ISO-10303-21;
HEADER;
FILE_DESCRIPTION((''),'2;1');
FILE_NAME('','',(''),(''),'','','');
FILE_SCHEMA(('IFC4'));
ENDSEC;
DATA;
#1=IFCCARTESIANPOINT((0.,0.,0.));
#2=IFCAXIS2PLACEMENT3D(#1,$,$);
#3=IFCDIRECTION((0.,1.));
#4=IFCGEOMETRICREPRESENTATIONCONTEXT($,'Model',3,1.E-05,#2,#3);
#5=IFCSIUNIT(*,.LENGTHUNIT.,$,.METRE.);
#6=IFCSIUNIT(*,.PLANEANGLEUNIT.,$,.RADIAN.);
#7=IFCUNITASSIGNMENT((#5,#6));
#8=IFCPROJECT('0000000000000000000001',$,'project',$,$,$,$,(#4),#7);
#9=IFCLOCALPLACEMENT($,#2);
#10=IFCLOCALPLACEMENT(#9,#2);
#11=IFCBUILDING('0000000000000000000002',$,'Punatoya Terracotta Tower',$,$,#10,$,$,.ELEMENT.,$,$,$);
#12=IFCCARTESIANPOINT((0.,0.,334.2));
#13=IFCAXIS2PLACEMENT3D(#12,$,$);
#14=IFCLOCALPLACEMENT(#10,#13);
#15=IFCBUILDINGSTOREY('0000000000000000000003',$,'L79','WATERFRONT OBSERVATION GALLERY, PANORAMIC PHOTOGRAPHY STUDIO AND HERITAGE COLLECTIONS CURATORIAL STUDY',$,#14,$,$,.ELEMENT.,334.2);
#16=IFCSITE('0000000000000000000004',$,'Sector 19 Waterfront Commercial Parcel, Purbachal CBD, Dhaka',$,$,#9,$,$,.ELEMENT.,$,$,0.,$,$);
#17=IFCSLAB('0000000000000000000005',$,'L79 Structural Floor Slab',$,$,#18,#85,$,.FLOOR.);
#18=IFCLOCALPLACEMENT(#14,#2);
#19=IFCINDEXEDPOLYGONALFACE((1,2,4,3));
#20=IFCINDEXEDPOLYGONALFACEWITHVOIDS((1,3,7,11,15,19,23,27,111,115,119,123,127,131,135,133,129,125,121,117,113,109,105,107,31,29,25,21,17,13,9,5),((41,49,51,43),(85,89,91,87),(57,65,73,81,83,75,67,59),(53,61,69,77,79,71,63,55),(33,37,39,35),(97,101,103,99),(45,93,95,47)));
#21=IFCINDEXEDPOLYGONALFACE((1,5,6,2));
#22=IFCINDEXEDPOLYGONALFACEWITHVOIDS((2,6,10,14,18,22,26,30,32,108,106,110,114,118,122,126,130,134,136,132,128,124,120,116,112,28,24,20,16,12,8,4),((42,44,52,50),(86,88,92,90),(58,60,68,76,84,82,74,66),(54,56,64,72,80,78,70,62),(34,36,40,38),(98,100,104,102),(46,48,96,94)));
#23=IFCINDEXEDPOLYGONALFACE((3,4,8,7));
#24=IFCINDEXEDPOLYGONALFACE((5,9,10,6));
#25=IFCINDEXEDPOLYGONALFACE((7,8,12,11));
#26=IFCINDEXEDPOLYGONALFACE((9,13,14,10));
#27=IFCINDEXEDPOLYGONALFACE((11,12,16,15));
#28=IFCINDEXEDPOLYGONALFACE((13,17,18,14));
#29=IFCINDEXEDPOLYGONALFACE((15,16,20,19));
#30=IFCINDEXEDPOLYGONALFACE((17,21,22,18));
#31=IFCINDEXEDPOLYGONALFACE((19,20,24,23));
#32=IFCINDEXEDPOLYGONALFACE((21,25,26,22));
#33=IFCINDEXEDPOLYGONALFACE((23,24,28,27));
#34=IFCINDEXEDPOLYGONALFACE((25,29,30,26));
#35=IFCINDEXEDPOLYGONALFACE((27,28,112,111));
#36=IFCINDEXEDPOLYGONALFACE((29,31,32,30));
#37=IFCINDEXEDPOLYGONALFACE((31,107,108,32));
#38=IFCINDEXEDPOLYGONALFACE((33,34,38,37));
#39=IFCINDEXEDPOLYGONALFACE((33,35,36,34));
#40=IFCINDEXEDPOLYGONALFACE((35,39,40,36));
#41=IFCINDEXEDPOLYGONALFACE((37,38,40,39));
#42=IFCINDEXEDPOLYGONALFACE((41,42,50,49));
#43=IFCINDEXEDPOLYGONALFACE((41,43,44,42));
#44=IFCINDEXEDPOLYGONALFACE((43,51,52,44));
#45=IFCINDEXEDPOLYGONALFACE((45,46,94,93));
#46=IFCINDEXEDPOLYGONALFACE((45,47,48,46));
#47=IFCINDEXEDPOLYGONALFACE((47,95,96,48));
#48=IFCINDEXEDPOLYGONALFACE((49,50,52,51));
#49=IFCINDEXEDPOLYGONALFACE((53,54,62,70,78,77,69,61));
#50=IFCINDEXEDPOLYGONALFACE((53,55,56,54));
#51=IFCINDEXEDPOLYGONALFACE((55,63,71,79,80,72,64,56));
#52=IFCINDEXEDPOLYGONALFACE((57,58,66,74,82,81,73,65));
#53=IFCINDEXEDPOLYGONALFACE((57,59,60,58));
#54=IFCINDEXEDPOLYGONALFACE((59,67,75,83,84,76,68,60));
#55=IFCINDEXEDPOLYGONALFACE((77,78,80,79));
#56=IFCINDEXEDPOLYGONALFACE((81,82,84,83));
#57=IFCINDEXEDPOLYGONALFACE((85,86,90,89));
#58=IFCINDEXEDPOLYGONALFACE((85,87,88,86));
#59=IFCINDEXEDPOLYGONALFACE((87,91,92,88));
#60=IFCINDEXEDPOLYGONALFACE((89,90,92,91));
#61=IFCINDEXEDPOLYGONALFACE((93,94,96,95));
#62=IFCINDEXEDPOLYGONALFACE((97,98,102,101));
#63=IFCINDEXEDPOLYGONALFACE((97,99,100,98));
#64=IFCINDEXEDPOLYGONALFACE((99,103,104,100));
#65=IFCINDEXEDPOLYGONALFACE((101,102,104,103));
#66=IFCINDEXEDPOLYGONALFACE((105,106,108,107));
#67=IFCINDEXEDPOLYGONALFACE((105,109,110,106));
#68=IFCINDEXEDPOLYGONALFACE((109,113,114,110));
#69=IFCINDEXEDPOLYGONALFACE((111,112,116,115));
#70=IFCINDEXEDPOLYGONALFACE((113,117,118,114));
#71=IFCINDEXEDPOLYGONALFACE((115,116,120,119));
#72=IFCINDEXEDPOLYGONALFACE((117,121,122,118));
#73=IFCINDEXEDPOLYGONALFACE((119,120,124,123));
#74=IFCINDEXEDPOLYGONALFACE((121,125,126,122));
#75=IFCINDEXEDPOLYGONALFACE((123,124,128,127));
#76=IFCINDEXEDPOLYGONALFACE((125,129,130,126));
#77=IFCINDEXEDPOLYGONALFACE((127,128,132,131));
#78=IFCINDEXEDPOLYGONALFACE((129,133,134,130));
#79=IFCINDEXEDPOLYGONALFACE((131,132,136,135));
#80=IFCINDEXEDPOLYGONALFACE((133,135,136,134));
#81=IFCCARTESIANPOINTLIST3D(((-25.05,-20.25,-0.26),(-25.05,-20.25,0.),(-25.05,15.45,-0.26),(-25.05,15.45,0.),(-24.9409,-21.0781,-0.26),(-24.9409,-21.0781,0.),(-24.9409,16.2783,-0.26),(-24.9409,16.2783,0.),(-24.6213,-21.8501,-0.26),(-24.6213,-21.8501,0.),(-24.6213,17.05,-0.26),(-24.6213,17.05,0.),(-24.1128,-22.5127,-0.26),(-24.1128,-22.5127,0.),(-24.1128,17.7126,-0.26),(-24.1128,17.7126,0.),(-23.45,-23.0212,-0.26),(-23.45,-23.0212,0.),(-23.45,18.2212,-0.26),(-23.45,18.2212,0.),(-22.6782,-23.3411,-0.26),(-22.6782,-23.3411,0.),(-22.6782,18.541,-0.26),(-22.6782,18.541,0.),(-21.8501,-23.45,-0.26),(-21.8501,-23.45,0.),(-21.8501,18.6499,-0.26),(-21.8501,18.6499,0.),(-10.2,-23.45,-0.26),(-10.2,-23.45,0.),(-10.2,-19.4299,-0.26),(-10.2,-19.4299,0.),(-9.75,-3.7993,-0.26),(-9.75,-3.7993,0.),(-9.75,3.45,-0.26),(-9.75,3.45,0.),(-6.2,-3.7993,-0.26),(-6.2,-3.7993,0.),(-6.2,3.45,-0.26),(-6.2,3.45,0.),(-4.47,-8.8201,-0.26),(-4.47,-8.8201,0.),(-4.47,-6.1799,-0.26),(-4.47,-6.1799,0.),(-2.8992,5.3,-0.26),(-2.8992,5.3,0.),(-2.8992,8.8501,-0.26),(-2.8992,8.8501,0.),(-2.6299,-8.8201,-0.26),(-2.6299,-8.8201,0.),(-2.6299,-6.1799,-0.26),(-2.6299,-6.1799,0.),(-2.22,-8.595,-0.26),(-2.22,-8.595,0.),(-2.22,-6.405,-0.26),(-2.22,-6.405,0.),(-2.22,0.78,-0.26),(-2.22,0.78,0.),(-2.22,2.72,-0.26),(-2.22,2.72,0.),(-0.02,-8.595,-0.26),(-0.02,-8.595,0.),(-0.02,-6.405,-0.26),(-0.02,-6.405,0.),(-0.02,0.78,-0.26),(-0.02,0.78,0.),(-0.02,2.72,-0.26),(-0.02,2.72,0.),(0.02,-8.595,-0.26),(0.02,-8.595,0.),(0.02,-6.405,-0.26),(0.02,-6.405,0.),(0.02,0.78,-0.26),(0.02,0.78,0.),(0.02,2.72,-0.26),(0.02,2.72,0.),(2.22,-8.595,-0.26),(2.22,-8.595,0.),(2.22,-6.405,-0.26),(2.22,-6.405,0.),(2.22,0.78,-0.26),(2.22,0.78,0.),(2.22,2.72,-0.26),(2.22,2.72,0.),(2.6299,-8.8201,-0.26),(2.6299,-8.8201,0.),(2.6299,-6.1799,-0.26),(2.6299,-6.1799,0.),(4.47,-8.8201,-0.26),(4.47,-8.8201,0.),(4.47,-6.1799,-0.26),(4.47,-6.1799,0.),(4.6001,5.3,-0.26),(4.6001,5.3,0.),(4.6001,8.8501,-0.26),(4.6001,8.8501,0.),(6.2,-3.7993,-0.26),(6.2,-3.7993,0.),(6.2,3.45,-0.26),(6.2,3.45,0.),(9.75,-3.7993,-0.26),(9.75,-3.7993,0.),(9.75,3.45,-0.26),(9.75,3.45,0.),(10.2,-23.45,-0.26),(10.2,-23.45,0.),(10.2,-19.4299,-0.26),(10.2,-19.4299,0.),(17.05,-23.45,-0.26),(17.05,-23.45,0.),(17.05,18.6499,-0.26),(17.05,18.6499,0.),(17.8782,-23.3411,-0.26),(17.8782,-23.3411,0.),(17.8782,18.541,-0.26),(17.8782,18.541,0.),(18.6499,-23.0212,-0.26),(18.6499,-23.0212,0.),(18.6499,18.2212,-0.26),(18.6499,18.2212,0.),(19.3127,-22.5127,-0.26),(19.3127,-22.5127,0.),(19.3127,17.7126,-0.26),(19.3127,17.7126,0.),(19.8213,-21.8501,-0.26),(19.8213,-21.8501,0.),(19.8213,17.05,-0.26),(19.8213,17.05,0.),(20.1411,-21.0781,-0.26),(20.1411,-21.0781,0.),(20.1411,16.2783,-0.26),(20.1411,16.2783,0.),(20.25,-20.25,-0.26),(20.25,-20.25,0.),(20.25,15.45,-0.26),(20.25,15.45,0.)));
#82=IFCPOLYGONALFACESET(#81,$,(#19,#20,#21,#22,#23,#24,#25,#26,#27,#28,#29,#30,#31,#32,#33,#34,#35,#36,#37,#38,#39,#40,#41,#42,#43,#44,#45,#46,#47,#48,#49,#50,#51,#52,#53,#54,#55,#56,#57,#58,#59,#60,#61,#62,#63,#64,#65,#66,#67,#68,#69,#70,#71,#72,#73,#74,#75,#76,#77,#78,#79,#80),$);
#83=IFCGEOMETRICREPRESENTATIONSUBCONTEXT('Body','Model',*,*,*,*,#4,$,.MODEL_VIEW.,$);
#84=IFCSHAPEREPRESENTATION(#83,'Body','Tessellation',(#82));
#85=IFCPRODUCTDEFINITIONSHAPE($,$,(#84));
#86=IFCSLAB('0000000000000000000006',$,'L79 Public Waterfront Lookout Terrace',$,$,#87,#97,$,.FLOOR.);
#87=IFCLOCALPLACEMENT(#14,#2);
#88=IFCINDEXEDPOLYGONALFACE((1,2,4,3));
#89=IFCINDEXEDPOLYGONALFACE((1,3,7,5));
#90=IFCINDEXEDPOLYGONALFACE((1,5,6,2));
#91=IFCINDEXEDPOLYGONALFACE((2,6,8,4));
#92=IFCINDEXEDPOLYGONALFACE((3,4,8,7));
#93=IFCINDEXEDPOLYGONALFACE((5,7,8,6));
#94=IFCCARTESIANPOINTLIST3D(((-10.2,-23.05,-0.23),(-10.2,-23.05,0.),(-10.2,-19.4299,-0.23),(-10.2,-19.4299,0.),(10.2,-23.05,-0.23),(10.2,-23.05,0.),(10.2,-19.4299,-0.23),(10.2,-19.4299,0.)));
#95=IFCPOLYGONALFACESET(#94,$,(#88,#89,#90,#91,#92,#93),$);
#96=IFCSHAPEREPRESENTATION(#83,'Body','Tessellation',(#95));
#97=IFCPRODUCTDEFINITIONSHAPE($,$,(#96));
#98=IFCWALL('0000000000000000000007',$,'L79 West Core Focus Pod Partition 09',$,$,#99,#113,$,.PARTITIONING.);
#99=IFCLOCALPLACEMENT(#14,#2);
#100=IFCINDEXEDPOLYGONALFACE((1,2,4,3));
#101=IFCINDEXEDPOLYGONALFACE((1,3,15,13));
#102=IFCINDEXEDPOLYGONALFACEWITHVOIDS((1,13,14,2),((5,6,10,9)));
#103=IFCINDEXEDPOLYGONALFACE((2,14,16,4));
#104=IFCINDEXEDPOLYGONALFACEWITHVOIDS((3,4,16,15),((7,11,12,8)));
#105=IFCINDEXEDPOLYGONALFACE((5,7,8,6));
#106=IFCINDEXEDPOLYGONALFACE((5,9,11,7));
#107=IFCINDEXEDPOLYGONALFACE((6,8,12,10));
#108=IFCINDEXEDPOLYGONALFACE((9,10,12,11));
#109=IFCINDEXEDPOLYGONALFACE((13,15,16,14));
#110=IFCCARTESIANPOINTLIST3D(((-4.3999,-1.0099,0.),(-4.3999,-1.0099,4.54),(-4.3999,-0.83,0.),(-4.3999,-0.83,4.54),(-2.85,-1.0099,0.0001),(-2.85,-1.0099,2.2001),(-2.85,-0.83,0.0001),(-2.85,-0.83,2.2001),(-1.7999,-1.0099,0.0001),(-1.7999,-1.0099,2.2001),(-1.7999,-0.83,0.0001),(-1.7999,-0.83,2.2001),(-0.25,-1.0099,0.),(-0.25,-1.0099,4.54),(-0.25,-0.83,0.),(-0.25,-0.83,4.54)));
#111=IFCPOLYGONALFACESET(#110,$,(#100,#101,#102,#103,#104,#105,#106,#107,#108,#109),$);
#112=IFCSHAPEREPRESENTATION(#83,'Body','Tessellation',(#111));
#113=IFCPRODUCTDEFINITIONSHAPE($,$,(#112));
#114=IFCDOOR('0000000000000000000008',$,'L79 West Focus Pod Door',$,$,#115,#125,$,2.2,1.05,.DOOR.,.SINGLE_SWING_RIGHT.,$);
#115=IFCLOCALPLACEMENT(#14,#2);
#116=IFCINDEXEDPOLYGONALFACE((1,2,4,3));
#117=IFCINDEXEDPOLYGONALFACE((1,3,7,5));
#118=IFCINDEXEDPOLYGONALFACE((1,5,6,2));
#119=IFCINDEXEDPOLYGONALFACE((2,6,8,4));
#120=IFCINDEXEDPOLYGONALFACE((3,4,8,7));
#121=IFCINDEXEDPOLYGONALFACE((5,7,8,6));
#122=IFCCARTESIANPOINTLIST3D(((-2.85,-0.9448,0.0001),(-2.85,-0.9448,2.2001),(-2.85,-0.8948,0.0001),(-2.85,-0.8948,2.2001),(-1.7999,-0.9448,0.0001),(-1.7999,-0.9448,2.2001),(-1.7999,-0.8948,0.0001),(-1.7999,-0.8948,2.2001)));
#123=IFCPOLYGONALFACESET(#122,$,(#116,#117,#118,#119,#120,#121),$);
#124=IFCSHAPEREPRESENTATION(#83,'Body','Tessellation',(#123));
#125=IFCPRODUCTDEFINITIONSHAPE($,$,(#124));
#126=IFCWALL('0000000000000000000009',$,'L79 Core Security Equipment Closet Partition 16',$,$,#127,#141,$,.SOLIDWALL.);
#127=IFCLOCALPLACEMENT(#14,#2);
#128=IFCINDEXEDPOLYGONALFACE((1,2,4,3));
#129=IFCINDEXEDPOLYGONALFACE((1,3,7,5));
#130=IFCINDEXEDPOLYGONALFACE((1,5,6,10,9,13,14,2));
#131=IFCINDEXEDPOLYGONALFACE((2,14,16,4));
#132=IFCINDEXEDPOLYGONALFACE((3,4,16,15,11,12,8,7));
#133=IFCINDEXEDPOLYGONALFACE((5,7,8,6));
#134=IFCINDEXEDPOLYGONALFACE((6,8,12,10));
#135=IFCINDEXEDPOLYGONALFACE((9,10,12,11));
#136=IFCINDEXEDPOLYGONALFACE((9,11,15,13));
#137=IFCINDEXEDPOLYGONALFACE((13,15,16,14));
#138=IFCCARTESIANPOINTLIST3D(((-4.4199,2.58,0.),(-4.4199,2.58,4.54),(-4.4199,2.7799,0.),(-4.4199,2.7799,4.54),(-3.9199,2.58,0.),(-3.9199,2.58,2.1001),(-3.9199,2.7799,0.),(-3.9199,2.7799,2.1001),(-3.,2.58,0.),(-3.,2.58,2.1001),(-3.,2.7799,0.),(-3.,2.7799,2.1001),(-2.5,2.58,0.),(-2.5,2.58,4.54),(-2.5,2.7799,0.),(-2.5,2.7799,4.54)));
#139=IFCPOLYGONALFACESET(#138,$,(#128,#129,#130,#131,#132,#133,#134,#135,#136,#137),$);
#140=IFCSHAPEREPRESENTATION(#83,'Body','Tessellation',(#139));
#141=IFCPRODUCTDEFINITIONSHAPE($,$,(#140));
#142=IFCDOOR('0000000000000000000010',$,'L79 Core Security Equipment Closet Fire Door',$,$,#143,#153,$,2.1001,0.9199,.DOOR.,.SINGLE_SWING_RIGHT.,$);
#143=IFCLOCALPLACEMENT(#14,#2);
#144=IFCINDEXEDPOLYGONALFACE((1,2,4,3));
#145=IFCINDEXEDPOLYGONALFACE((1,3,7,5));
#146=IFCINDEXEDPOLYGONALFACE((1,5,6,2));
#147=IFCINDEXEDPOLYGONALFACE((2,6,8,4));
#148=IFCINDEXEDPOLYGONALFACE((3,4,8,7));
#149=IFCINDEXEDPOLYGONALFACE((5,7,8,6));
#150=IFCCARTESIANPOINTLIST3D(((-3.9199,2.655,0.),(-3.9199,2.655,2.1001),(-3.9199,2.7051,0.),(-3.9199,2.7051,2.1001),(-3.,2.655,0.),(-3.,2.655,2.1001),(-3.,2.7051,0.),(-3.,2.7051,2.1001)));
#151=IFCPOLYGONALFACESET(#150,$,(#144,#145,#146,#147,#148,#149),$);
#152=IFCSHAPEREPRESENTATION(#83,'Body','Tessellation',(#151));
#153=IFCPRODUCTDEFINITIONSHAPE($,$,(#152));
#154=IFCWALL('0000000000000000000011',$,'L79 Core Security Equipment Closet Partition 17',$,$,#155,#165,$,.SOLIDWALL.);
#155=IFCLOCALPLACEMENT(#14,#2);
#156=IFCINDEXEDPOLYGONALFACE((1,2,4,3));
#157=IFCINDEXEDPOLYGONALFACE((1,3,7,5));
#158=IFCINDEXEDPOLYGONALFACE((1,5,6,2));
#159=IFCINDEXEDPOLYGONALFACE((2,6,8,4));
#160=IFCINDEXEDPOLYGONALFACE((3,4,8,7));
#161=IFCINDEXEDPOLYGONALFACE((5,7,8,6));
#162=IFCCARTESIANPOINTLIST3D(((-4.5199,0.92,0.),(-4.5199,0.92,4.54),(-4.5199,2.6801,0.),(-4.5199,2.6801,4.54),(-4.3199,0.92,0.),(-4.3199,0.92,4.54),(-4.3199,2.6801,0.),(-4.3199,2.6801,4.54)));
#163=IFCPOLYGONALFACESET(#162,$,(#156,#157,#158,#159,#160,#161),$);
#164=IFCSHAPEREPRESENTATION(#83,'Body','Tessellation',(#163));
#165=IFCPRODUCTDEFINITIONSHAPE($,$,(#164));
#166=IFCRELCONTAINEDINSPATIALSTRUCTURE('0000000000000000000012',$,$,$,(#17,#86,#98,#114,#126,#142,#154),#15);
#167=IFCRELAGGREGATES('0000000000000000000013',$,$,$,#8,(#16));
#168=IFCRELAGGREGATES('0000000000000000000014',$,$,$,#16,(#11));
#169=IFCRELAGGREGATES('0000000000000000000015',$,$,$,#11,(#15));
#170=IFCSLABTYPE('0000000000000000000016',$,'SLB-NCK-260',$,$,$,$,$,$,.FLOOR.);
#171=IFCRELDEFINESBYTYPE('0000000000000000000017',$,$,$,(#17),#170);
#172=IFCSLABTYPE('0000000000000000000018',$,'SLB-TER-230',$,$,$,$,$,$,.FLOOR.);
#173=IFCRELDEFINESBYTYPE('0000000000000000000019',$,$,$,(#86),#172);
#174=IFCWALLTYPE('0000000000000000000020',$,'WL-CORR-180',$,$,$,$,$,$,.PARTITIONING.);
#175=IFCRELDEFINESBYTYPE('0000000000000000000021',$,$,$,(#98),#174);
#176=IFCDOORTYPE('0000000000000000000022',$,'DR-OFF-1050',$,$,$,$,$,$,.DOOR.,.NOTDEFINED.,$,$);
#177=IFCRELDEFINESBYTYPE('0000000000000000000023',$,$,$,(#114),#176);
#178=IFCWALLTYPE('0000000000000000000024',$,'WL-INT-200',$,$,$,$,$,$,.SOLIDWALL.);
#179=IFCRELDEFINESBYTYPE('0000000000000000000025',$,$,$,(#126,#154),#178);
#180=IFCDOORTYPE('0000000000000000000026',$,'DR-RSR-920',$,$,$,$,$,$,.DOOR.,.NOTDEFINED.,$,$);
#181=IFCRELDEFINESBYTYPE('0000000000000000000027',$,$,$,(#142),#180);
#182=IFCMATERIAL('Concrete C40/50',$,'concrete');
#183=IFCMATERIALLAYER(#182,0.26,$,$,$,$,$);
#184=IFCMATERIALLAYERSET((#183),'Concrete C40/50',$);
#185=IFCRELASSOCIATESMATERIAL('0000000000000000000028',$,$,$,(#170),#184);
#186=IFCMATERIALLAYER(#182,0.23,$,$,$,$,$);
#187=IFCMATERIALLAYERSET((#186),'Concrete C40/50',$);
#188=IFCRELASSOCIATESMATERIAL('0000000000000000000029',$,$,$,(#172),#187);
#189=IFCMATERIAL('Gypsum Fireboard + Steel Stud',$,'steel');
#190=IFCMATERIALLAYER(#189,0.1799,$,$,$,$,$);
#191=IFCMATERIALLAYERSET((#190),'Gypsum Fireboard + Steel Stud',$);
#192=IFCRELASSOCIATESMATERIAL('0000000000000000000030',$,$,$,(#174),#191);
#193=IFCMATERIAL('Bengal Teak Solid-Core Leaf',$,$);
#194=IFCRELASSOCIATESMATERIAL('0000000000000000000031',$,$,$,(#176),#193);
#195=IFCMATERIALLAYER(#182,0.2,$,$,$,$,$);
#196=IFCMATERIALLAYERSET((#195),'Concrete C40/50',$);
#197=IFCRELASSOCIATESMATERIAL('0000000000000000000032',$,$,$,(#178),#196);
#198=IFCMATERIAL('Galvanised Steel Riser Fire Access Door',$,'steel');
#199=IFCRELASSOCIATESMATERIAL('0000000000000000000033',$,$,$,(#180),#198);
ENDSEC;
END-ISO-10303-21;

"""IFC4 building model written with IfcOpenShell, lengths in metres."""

from ifc_helpers import new_model, si_unit, direction, frame, frame_2d, origin, place, context, subcontext, project, spatial, polyline, rectangle, outline, extrude, material, layer, layer_set, type_object, element, fill, save


model = new_model("IFC4")

# Units and contexts
model_context = context("Model", 3, precision=1e-05, world=origin(), true_north=direction((0.0, 1.0)))
body_context = subcontext(model_context, "Body", "Model", "MODEL_VIEW")
ifc_project = project(units=[si_unit("LENGTHUNIT", "METRE"), si_unit("PLANEANGLEUNIT", "RADIAN")], contexts=[model_context])

# Site, building, storey
site_placement = place(None, origin())
site = spatial("IfcSite", under=ifc_project, at=site_placement, Name="Sector 19 Waterfront Commercial Parcel, Purbachal CBD, Dhaka", CompositionType="ELEMENT", RefElevation=0.0)
building_placement = place(site_placement, origin())
building = spatial("IfcBuilding", under=site, at=building_placement, Name="Punatoya Terracotta Tower", CompositionType="ELEMENT")
storey_placement = place(building_placement, frame((0.0, 0.0, 334.2)))
storey = spatial("IfcBuildingStorey", under=building, at=storey_placement, Name="L79", Description="WATERFRONT OBSERVATION GALLERY, PANORAMIC PHOTOGRAPHY STUDIO AND HERITAGE COLLECTIONS CURATORIAL STUDY", CompositionType="ELEMENT", Elevation=334.2)

# Shared definitions
ifc_material_1 = material(Name="Concrete C40/50", Category="concrete")

# Slabs
ifc_layer_1 = layer(ifc_material_1, 0.26)
ifc_layer_set_1 = layer_set([ifc_layer_1], Name="Concrete C40/50")
slab_type_1 = type_object("IfcSlabType", Name="SLB-NCK-260", PredefinedType="FLOOR", material=ifc_layer_set_1)
slab_1_placement = place(storey_placement, frame((0.0, 0.0, -0.26)))
element("IfcSlab", 1, at=slab_1_placement, inside=storey, type_object=slab_type_1, Name="L79 Structural Floor Slab", PredefinedType="FLOOR", context=body_context, shape_type="SweptSolid", body=[
    extrude(outline(polyline([(-22.6782, -23.3411), (-23.45, -23.0212), (-24.1128, -22.5127), (-24.6213, -21.8501), (-24.9409, -21.0781), (-25.05, -20.25), (-25.05, 15.45), (-24.9409, 16.2783), (-24.6213, 17.05), (-24.1128, 17.7126), (-23.45, 18.2212), (-22.6782, 18.541), (-21.8501, 18.6499), (17.05, 18.6499), (17.8782, 18.541), (18.6499, 18.2212), (19.3127, 17.7126), (19.8213, 17.05), (20.1411, 16.2783), (20.25, 15.45), (20.25, -20.25), (20.1411, -21.0781), (19.8213, -21.8501), (19.3127, -22.5127), (18.6499, -23.0212), (17.8782, -23.3411), (17.05, -23.45), (10.2, -23.45), (10.2, -19.4299), (-10.2, -19.4299), (-10.2, -23.45), (-21.8501, -23.45), (-22.6782, -23.3411)]), holes=[polyline([(-2.6299, -6.1799), (-4.47, -6.1799), (-4.47, -8.8201), (-2.6299, -8.8201), (-2.6299, -6.1799)]), polyline([(-0.02, -6.405), (-2.22, -6.405), (-2.22, -8.595), (-0.02, -8.595), (0.02, -8.595), (2.22, -8.595), (2.22, -6.405), (0.02, -6.405), (-0.02, -6.405)]), polyline([(4.47, -6.1799), (2.6299, -6.1799), (2.6299, -8.8201), (4.47, -8.8201), (4.47, -6.1799)]), polyline([(-9.75, 3.45), (-9.75, -3.7993), (-6.2, -3.7993), (-6.2, 3.45), (-9.75, 3.45)]), polyline([(6.2, 3.45), (6.2, -3.7993), (9.75, -3.7993), (9.75, 3.45), (6.2, 3.45)]), polyline([(-2.22, 2.72), (-2.22, 0.78), (-0.02, 0.78), (0.02, 0.78), (2.22, 0.78), (2.22, 2.72), (0.02, 2.72), (-0.02, 2.72), (-2.22, 2.72)]), polyline([(4.6001, 5.3), (4.6001, 8.8501), (-2.8992, 8.8501), (-2.8992, 5.3), (4.6001, 5.3)])]), origin(), (0.0, 0.0, 1.0), 0.26),
])
ifc_layer_2 = layer(ifc_material_1, 0.23)
ifc_layer_set_2 = layer_set([ifc_layer_2], Name="Concrete C40/50")
slab_type_2 = type_object("IfcSlabType", Name="SLB-TER-230", PredefinedType="FLOOR", material=ifc_layer_set_2)
slab_2_placement = place(storey_placement, frame((0.0, 0.0, -0.23)))
element("IfcSlab", 2, at=slab_2_placement, inside=storey, type_object=slab_type_2, Name="L79 Public Waterfront Lookout Terrace", PredefinedType="FLOOR", context=body_context, shape_type="SweptSolid", body=[
    extrude(outline(polyline([(-10.2, -23.05), (10.2, -23.05), (10.2, -19.4299), (-10.2, -19.4299), (-10.2, -23.05)])), origin(), (0.0, 0.0, 1.0), 0.23),
])

# Walls, openings, doors
ifc_material_2 = material(Name="Gypsum Fireboard + Steel Stud", Category="steel")
ifc_layer_3 = layer(ifc_material_2, 0.1799)
ifc_layer_set_3 = layer_set([ifc_layer_3], Name="Gypsum Fireboard + Steel Stud")
wall_type_1 = type_object("IfcWallType", Name="WL-CORR-180", PredefinedType="PARTITIONING", material=ifc_layer_set_3)
wall_1_placement = place(storey_placement, frame((-0.25, -0.9199, 0.0), z_axis=(0.0, 0.0, 1.0), x_axis=(-1.0, 0.0, 0.0)))
wall_1 = element("IfcWall", 3, at=wall_1_placement, inside=storey, type_object=wall_type_1, Name="L79 West Core Focus Pod Partition 09", PredefinedType="PARTITIONING", context=body_context, shape_type="SweptSolid", body=[
    extrude(rectangle(XDim=4.1499, YDim=0.1799, at=frame_2d((2.075, 0.0))), origin(), (0.0, 0.0, 1.0), 4.54),
])
opening_1_placement = place(wall_1_placement, frame((1.55, 0.0, 0.0)))
opening_1 = element("IfcOpeningElement", 4, at=opening_1_placement, cuts=wall_1, PredefinedType="OPENING", context=body_context, shape_type="SweptSolid", body=[
    extrude(rectangle(XDim=1.05, YDim=2.2, at=frame_2d((0.5249, 1.1001))), frame((0.0, 0.0999, 0.0), z_axis=(0.0, -1.0, 0.0), x_axis=(1.0, 0.0, 0.0)), (0.0, 0.0, 1.0), 0.2),
])
ifc_material_3 = material(Name="Bengal Teak Solid-Core Leaf")
door_type_1 = type_object("IfcDoorType", Name="DR-OFF-1050", OperationType="NOTDEFINED", PredefinedType="DOOR", material=ifc_material_3)
door_1_placement = place(opening_1_placement, origin())
door_1 = element("IfcDoor", 5, at=door_1_placement, inside=storey, type_object=door_type_1, Name="L79 West Focus Pod Door", OperationType="SINGLE_SWING_RIGHT", OverallHeight=2.2, OverallWidth=1.05, PredefinedType="DOOR", context=body_context, shape_type="SweptSolid", body=[
    extrude(rectangle(XDim=1.05, YDim=2.2, at=frame_2d((0.5249, 1.1001))), frame((0.0, 0.0249, 0.0), z_axis=(0.0, -1.0, 0.0), x_axis=(1.0, 0.0, 0.0)), (0.0, 0.0, 1.0), 0.05),
])
fill(opening_1, door_1)
ifc_layer_4 = layer(ifc_material_1, 0.2)
ifc_layer_set_4 = layer_set([ifc_layer_4], Name="Concrete C40/50")
wall_type_2 = type_object("IfcWallType", Name="WL-INT-200", PredefinedType="SOLIDWALL", material=ifc_layer_set_4)
wall_2_placement = place(storey_placement, frame((-2.5, 2.6799, 0.0), z_axis=(0.0, 0.0, 1.0), x_axis=(-1.0, 0.0, 0.0)))
wall_2 = element("IfcWall", 6, at=wall_2_placement, inside=storey, type_object=wall_type_2, Name="L79 Core Security Equipment Closet Partition 16", PredefinedType="SOLIDWALL", context=body_context, shape_type="SweptSolid", body=[
    extrude(rectangle(XDim=1.9199, YDim=0.2, at=frame_2d((0.96, 0.0))), origin(), (0.0, 0.0, 1.0), 4.54),
])
opening_2_placement = place(wall_2_placement, frame((0.5, 0.0, 0.0)))
opening_2 = element("IfcOpeningElement", 7, at=opening_2_placement, cuts=wall_2, PredefinedType="OPENING", context=body_context, shape_type="SweptSolid", body=[
    extrude(rectangle(XDim=0.9199, YDim=2.1001, at=frame_2d((0.46, 1.05))), frame((0.0, 0.1099, 0.0), z_axis=(0.0, -1.0, 0.0), x_axis=(1.0, 0.0, 0.0)), (0.0, 0.0, 1.0), 0.22),
])
ifc_material_4 = material(Name="Galvanised Steel Riser Fire Access Door", Category="steel")
door_type_2 = type_object("IfcDoorType", Name="DR-RSR-920", OperationType="NOTDEFINED", PredefinedType="DOOR", material=ifc_material_4)
door_2_placement = place(opening_2_placement, origin())
door_2 = element("IfcDoor", 8, at=door_2_placement, inside=storey, type_object=door_type_2, Name="L79 Core Security Equipment Closet Fire Door", OperationType="SINGLE_SWING_RIGHT", OverallHeight=2.1001, OverallWidth=0.9199, PredefinedType="DOOR", context=body_context, shape_type="SweptSolid", body=[
    extrude(rectangle(XDim=0.9199, YDim=2.1001, at=frame_2d((0.46, 1.05))), frame((0.0, 0.0249, 0.0), z_axis=(0.0, -1.0, 0.0), x_axis=(1.0, 0.0, 0.0)), (0.0, 0.0, 1.0), 0.05),
])
fill(opening_2, door_2)

# Wall
wall_3_placement = place(storey_placement, frame((-4.4199, 2.6799, 0.0), z_axis=(0.0, 0.0, 1.0), x_axis=(0.0, -1.0, 0.0)))
element("IfcWall", 9, at=wall_3_placement, inside=storey, type_object=wall_type_2, Name="L79 Core Security Equipment Closet Partition 17", PredefinedType="SOLIDWALL", context=body_context, shape_type="SweptSolid", body=[
    extrude(rectangle(XDim=1.76, YDim=0.2, at=frame_2d((0.8799, 0.0))), origin(), (0.0, 0.0, 1.0), 4.54),
])

save(model, "model.ifc")
